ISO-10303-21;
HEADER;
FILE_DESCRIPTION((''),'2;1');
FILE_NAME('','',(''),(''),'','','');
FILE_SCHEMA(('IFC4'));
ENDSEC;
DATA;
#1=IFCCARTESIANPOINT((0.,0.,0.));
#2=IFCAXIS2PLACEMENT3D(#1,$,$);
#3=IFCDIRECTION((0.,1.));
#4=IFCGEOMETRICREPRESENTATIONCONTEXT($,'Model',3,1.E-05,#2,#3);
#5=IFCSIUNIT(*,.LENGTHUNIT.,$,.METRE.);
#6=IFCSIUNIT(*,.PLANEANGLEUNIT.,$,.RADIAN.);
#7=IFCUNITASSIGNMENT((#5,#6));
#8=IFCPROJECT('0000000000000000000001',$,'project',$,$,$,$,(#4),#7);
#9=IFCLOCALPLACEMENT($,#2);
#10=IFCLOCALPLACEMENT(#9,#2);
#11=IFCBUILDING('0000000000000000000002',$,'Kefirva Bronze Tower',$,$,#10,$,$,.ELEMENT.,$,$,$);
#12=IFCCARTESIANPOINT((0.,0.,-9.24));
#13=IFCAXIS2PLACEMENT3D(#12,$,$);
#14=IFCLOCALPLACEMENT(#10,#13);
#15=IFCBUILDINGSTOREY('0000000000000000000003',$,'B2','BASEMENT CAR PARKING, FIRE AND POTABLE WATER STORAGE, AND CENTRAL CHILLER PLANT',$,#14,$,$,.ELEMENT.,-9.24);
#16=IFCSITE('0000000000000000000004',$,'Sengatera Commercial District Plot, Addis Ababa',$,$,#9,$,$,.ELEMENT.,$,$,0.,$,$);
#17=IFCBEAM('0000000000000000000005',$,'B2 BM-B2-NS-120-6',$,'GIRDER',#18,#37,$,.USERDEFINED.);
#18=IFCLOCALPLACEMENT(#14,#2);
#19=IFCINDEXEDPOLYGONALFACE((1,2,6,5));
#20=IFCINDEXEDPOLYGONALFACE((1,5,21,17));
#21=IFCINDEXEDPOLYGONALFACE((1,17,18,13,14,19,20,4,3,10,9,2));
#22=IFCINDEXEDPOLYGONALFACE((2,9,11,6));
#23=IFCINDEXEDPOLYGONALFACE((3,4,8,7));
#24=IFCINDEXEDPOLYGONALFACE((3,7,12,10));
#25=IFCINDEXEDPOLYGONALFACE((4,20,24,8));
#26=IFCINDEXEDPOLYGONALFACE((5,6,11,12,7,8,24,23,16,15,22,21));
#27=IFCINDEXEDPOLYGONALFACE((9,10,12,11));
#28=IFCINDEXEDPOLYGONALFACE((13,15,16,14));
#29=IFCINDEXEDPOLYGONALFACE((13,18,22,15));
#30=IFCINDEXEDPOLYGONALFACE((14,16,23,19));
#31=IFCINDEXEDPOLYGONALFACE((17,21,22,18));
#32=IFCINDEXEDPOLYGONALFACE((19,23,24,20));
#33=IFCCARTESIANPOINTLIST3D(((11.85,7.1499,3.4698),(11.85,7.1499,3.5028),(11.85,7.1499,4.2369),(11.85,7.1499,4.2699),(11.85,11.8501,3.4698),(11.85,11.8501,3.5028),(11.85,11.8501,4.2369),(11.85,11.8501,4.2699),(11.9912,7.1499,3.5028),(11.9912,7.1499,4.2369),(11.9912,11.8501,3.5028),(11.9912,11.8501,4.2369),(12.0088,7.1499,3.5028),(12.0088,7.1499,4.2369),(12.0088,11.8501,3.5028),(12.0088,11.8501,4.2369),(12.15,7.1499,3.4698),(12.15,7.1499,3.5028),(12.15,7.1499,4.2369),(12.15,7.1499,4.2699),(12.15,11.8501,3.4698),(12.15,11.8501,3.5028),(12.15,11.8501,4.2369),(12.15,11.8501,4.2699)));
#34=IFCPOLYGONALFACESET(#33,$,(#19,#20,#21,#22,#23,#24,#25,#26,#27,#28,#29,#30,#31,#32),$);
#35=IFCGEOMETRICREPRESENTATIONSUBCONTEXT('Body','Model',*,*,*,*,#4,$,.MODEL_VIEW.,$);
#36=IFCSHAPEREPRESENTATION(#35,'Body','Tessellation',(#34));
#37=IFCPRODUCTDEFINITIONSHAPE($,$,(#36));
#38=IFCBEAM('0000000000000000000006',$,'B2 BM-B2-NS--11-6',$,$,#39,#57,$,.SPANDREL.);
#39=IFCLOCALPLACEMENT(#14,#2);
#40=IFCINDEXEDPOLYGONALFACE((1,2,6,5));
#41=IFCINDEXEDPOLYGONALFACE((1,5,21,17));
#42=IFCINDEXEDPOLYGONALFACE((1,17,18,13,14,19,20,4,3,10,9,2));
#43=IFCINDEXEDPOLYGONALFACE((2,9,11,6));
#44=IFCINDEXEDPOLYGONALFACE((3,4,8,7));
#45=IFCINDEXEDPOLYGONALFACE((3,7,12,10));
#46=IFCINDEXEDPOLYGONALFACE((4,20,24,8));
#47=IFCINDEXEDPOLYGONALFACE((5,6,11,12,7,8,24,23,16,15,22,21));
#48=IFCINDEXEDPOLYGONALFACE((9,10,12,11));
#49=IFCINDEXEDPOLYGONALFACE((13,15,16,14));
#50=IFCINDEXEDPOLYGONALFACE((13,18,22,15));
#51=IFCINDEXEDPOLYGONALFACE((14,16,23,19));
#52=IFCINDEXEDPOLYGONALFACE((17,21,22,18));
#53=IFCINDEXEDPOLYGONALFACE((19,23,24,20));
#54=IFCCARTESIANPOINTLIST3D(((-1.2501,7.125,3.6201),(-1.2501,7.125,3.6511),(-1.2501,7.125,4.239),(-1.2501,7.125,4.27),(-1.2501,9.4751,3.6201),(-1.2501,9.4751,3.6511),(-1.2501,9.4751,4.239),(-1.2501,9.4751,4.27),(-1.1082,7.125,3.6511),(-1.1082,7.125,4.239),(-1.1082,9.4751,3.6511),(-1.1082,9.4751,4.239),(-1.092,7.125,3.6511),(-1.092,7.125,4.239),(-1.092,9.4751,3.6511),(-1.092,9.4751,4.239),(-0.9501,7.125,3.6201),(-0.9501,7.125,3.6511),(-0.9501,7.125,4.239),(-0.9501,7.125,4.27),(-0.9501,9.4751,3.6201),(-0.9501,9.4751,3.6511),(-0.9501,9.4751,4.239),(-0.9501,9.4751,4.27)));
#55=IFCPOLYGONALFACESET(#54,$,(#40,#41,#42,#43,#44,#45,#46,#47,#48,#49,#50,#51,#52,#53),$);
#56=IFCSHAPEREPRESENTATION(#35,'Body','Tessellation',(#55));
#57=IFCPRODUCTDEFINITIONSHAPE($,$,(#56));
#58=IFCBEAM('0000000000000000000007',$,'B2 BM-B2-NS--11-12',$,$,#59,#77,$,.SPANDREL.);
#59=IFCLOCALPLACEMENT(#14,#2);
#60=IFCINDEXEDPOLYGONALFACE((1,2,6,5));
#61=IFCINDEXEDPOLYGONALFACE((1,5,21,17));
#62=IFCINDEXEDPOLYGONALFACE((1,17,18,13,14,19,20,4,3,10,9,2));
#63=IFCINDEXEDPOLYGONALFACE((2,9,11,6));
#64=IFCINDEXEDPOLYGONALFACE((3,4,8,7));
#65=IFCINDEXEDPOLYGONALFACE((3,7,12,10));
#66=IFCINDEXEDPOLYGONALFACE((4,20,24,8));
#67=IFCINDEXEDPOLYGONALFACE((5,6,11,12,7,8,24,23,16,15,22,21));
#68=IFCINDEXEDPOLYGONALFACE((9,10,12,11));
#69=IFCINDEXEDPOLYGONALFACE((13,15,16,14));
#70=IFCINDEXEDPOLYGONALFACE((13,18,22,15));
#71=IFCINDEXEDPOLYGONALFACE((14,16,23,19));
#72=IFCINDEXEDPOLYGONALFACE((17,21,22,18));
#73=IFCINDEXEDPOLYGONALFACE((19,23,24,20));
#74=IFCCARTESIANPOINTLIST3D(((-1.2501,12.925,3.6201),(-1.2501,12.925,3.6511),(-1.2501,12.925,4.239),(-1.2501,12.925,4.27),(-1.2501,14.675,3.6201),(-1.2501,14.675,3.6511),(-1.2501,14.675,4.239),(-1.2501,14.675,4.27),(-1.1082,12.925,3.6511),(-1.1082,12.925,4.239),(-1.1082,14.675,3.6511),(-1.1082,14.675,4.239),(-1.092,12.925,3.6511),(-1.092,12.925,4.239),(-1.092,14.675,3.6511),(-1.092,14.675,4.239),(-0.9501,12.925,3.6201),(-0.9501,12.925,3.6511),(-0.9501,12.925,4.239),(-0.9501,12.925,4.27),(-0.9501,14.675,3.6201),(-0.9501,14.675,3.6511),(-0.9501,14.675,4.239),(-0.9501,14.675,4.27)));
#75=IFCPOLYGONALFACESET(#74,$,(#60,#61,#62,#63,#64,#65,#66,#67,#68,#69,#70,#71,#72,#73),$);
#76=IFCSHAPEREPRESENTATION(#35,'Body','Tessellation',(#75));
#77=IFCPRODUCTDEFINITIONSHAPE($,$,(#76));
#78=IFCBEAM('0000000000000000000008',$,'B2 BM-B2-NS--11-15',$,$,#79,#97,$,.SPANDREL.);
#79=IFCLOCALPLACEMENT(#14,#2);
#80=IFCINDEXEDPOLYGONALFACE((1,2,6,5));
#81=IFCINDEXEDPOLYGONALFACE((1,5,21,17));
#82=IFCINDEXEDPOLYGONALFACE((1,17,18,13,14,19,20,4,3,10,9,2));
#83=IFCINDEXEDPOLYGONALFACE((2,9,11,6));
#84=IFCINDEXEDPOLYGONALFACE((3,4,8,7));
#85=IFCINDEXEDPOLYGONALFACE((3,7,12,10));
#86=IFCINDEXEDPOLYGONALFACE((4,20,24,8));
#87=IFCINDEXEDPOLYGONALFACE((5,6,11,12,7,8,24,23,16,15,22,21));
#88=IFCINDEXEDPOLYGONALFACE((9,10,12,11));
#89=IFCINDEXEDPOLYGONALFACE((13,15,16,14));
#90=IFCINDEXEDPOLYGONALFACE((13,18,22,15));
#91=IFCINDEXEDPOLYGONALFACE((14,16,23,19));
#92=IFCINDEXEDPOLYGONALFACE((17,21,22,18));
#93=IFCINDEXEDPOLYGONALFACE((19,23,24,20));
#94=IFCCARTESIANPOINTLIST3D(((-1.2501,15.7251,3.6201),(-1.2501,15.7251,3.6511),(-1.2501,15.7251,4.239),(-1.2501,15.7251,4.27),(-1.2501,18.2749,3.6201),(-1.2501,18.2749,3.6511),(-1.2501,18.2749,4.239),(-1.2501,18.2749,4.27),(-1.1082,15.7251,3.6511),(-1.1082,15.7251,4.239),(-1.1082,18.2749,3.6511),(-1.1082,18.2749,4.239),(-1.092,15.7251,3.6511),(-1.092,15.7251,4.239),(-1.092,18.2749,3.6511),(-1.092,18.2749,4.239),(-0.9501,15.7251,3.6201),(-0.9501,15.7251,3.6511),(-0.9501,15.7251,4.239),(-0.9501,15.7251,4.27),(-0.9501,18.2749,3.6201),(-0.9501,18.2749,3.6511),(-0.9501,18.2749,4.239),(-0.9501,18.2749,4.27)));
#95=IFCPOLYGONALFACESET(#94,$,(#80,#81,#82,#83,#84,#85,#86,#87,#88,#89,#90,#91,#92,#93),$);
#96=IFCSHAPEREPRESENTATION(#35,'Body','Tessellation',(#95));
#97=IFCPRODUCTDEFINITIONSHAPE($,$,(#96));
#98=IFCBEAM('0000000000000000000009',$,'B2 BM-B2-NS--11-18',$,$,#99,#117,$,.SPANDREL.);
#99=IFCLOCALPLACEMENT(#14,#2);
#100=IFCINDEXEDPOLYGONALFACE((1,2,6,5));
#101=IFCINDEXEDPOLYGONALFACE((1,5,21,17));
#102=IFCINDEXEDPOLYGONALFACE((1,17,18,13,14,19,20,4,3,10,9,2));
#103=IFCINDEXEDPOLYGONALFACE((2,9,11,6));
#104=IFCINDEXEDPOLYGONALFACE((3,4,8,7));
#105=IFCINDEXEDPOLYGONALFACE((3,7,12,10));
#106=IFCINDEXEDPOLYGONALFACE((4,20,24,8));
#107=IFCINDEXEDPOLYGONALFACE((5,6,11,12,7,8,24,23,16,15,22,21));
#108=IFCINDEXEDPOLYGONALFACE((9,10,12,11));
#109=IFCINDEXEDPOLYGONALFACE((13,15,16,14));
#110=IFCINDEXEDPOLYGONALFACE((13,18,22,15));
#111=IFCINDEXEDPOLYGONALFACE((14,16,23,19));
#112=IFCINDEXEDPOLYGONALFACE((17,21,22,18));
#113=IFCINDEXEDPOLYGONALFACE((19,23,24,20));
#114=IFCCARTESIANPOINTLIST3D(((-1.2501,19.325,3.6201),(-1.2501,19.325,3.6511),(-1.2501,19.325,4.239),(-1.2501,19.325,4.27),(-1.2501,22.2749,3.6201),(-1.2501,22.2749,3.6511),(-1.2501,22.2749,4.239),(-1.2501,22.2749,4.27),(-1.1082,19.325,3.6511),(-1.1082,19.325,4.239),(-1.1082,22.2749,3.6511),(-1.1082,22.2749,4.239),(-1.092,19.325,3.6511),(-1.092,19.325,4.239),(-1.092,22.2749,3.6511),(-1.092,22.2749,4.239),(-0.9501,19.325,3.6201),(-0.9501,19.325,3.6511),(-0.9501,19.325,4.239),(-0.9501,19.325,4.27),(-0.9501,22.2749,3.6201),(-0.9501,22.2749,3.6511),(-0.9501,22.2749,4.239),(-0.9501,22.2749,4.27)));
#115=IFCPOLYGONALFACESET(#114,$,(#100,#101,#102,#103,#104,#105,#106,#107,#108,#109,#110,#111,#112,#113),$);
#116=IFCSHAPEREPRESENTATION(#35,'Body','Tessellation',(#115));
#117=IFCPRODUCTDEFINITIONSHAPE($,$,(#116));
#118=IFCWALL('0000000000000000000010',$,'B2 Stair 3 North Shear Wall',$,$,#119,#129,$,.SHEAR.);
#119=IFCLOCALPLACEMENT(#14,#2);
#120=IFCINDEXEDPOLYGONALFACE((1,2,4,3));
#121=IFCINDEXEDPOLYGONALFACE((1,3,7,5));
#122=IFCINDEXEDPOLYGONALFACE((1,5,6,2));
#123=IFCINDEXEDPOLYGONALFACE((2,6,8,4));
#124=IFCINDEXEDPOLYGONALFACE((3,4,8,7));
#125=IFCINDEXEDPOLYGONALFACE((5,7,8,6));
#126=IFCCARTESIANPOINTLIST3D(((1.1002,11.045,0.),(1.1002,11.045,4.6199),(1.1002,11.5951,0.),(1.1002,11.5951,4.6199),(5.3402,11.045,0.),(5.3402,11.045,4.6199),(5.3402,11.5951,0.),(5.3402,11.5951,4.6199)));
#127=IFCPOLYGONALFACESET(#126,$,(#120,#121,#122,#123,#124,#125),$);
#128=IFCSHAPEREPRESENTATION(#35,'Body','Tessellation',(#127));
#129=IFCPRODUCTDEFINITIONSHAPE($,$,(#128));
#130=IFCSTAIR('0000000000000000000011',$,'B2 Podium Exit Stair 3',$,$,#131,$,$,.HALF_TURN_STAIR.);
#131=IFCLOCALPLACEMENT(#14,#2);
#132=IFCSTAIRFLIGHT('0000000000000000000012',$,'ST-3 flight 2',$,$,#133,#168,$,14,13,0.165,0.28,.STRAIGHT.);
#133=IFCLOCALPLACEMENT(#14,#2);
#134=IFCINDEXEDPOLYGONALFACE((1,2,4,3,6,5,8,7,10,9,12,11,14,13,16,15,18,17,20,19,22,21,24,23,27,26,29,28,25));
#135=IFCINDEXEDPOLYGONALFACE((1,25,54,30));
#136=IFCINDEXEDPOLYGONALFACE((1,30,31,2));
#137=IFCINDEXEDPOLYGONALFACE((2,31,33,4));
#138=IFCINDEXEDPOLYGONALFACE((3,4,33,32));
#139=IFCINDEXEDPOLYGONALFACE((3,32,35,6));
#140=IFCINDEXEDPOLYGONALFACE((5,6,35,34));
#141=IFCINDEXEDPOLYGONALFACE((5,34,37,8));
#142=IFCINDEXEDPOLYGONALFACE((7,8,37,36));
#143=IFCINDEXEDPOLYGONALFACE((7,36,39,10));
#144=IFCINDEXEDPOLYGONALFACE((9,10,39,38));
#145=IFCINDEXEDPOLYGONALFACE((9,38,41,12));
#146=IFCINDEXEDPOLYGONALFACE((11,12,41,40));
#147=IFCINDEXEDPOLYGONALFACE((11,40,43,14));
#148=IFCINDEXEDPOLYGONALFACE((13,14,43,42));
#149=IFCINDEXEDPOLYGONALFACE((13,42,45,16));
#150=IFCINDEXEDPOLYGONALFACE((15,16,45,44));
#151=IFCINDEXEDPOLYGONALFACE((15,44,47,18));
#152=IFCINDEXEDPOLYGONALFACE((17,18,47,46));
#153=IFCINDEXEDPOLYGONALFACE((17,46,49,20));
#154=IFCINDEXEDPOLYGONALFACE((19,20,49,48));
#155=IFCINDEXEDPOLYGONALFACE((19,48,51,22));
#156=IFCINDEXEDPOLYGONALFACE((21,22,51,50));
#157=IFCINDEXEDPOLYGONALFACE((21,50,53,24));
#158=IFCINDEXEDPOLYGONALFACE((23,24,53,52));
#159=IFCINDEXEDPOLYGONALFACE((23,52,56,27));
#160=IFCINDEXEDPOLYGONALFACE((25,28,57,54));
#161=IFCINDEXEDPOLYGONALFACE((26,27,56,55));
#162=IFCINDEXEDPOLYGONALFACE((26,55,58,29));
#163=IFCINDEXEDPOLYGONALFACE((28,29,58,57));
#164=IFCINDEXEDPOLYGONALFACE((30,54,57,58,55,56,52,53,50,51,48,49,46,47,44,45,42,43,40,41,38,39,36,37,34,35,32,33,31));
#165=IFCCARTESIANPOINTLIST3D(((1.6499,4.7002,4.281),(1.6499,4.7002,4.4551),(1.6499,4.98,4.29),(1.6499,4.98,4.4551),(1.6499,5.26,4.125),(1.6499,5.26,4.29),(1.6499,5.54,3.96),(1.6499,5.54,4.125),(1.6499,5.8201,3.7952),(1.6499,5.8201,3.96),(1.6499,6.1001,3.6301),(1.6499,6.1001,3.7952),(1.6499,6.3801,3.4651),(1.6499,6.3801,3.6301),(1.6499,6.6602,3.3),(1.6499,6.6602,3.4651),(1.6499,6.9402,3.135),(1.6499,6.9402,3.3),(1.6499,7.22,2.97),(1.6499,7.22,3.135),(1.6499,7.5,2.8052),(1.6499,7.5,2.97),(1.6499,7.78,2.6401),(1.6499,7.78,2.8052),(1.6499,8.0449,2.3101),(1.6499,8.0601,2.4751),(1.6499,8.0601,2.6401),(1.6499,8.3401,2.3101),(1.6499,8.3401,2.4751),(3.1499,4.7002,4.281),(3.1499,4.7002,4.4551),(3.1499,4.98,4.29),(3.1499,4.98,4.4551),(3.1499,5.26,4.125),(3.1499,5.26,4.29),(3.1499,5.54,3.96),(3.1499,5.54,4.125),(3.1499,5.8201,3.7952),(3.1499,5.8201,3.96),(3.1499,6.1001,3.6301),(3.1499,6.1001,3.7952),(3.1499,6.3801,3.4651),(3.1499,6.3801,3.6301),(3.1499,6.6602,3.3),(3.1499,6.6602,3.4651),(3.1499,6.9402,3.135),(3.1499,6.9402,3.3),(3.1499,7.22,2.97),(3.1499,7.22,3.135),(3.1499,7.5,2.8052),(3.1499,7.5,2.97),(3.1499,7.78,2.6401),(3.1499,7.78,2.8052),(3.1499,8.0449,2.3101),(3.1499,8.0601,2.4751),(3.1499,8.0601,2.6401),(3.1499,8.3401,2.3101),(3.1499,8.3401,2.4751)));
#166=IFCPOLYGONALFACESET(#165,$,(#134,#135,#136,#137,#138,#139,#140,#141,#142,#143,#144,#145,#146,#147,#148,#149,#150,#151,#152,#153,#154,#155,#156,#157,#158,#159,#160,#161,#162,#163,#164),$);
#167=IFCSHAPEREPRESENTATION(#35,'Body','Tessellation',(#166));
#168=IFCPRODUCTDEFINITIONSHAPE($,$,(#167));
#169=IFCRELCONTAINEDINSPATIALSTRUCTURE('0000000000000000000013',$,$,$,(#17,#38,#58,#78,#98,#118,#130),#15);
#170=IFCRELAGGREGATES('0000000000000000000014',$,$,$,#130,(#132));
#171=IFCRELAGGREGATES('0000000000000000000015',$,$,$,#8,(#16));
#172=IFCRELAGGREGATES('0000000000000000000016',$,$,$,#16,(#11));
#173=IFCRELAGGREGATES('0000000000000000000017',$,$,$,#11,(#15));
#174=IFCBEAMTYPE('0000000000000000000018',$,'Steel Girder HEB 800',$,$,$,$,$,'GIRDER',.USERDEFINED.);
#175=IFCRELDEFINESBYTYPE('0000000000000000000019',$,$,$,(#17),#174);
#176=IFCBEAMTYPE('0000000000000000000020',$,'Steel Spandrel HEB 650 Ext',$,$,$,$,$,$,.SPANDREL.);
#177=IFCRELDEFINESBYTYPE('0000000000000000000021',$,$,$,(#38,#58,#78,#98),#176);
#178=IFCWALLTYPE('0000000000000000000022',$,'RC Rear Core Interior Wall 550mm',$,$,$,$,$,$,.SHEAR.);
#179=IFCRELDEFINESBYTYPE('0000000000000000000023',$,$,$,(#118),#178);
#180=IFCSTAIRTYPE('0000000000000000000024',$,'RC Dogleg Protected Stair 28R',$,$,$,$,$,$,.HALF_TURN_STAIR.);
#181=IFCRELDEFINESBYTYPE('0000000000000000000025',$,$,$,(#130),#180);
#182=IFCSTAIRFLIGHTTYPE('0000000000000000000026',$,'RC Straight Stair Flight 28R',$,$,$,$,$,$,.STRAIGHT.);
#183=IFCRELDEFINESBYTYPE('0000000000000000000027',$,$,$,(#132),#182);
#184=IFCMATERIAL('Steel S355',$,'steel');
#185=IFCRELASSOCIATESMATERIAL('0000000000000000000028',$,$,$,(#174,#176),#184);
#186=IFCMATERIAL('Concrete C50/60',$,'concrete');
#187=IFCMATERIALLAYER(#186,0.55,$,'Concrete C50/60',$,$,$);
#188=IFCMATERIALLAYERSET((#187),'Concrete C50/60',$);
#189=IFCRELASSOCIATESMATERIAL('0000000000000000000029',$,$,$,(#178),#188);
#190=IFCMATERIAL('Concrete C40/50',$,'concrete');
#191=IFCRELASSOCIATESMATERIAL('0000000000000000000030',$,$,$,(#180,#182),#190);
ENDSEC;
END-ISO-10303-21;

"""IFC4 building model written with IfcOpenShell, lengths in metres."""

from ifc_helpers import new_model, si_unit, direction, frame, frame_2d, origin, origin_2d, place, context, subcontext, project, spatial, polyline, rectangle, i_section, outline, extrude, material, layer, layer_set, material_profile, profile_set, type_object, element, aggregate, save


model = new_model("IFC4")

# Units and contexts
model_context = context("Model", 3, precision=1e-05, world=origin(), true_north=direction((0.0, 1.0)))
body_context = subcontext(model_context, "Body", "Model", "MODEL_VIEW")
ifc_project = project(units=[si_unit("LENGTHUNIT", "METRE"), si_unit("PLANEANGLEUNIT", "RADIAN")], contexts=[model_context])

# Site, building, storey
site_placement = place(None, origin())
site = spatial("IfcSite", under=ifc_project, at=site_placement, Name="Sengatera Commercial District Plot, Addis Ababa", CompositionType="ELEMENT", RefElevation=0.0)
building_placement = place(site_placement, origin())
building = spatial("IfcBuilding", under=site, at=building_placement, Name="Kefirva Bronze Tower", CompositionType="ELEMENT")
storey_placement = place(building_placement, frame((0.0, 0.0, -9.24)))
storey = spatial("IfcBuildingStorey", under=building, at=storey_placement, Name="B2", Description="BASEMENT CAR PARKING, FIRE AND POTABLE WATER STORAGE, AND CENTRAL CHILLER PLANT", CompositionType="ELEMENT", Elevation=-9.24)

# Beams
ifc_material_1 = material(Name="Steel S355", Category="steel")
ifc_material_profile_1 = material_profile(ifc_material_1, i_section(OverallWidth=0.3, OverallDepth=0.8, WebThickness=0.0176, FlangeThickness=0.033, at=origin_2d()), Name="HEB 800")
ifc_profile_set_1 = profile_set([ifc_material_profile_1], Name="Steel S355")
beam_type_1 = type_object("IfcBeamType", Name="Steel Girder HEB 800", ElementType="GIRDER", PredefinedType="USERDEFINED", material=ifc_profile_set_1)
beam_1_placement = place(storey_placement, frame((12.0, 7.1499, 3.8699), z_axis=(0.0, 1.0, 0.0), x_axis=(-1.0, 0.0, 0.0)))
element("IfcBeam", 1, at=beam_1_placement, inside=storey, type_object=beam_type_1, Name="B2 BM-B2-NS-120-6", ObjectType="GIRDER", PredefinedType="USERDEFINED", context=body_context, shape_type="SweptSolid", body=[
    extrude(i_section(OverallWidth=0.3, OverallDepth=0.8, WebThickness=0.0176, FlangeThickness=0.033, at=origin_2d()), origin(), (0.0, 0.0, 1.0), 4.7002),
])
ifc_material_profile_2 = material_profile(ifc_material_1, i_section(OverallWidth=0.3, OverallDepth=0.6499, WebThickness=0.0161, FlangeThickness=0.031, at=origin_2d()), Name="HEB 650")
ifc_profile_set_2 = profile_set([ifc_material_profile_2], Name="Steel S355")
beam_type_2 = type_object("IfcBeamType", Name="Steel Spandrel HEB 650 Ext", PredefinedType="SPANDREL", material=ifc_profile_set_2)
beam_2_placement = place(storey_placement, frame((-1.1001, 7.125, 3.9451), z_axis=(0.0, 1.0, 0.0), x_axis=(-1.0, 0.0, 0.0)))
element("IfcBeam", 2, at=beam_2_placement, inside=storey, type_object=beam_type_2, Name="B2 BM-B2-NS--11-6", PredefinedType="SPANDREL", context=body_context, shape_type="SweptSolid", body=[
    extrude(i_section(OverallWidth=0.3, OverallDepth=0.6499, WebThickness=0.0161, FlangeThickness=0.031, at=origin_2d()), origin(), (0.0, 0.0, 1.0), 2.3501),
])
beam_3_placement = place(storey_placement, frame((-1.1001, 12.925, 3.9451), z_axis=(0.0, 1.0, 0.0), x_axis=(-1.0, 0.0, 0.0)))
element("IfcBeam", 3, at=beam_3_placement, inside=storey, type_object=beam_type_2, Name="B2 BM-B2-NS--11-12", PredefinedType="SPANDREL", context=body_context, shape_type="SweptSolid", body=[
    extrude(i_section(OverallWidth=0.3, OverallDepth=0.6499, WebThickness=0.0161, FlangeThickness=0.031, at=origin_2d()), origin(), (0.0, 0.0, 1.0), 1.75),
])
beam_4_placement = place(storey_placement, frame((-1.1001, 15.7251, 3.9451), z_axis=(0.0, 1.0, 0.0), x_axis=(-1.0, 0.0, 0.0)))
element("IfcBeam", 4, at=beam_4_placement, inside=storey, type_object=beam_type_2, Name="B2 BM-B2-NS--11-15", PredefinedType="SPANDREL", context=body_context, shape_type="SweptSolid", body=[
    extrude(i_section(OverallWidth=0.3, OverallDepth=0.6499, WebThickness=0.0161, FlangeThickness=0.031, at=origin_2d()), origin(), (0.0, 0.0, 1.0), 2.5498),
])
beam_5_placement = place(storey_placement, frame((-1.1001, 19.325, 3.9451), z_axis=(0.0, 1.0, 0.0), x_axis=(-1.0, 0.0, 0.0)))
element("IfcBeam", 5, at=beam_5_placement, inside=storey, type_object=beam_type_2, Name="B2 BM-B2-NS--11-18", PredefinedType="SPANDREL", context=body_context, shape_type="SweptSolid", body=[
    extrude(i_section(OverallWidth=0.3, OverallDepth=0.6499, WebThickness=0.0161, FlangeThickness=0.031, at=origin_2d()), origin(), (0.0, 0.0, 1.0), 2.95),
])

# Wall
ifc_material_2 = material(Name="Concrete C50/60", Category="concrete")
ifc_layer = layer(ifc_material_2, 0.55, Name="Concrete C50/60")
ifc_layer_set = layer_set([ifc_layer], Name="Concrete C50/60")
wall_type = type_object("IfcWallType", Name="RC Rear Core Interior Wall 550mm", PredefinedType="SHEAR", material=ifc_layer_set)
wall_placement = place(storey_placement, frame((1.1001, 11.3201, 0.0), z_axis=(0.0, 0.0, 1.0), x_axis=(1.0, 0.0, 0.0)))
element("IfcWall", 6, at=wall_placement, inside=storey, type_object=wall_type, Name="B2 Stair 3 North Shear Wall", PredefinedType="SHEAR", context=body_context, shape_type="SweptSolid", body=[
    extrude(rectangle(XDim=4.24, YDim=0.55, at=frame_2d((2.1201, 0.0))), origin(), (0.0, 0.0, 1.0), 4.6199),
])

# Stair, stair flight
ifc_material_3 = material(Name="Concrete C40/50", Category="concrete")
stair_type = type_object("IfcStairType", Name="RC Dogleg Protected Stair 28R", PredefinedType="HALF_TURN_STAIR", material=ifc_material_3)
stair_placement = place(storey_placement, origin())
stair = element("IfcStair", 7, at=stair_placement, inside=storey, type_object=stair_type, Name="B2 Podium Exit Stair 3", PredefinedType="HALF_TURN_STAIR")
stair_flight_type = type_object("IfcStairFlightType", Name="RC Straight Stair Flight 28R", PredefinedType="STRAIGHT", material=ifc_material_3)
stair_flight_placement = place(storey_placement, frame((2.3999, 8.3401, 2.3101), z_axis=(0.0, 0.0, 1.0), x_axis=(0.0, -1.0, 0.0)))
stair_flight = element("IfcStairFlight", 8, at=stair_flight_placement, type_object=stair_flight_type, Name="ST-3 flight 2", NumberOfRisers=14, NumberOfTreads=13, PredefinedType="STRAIGHT", RiserHeight=0.165, TreadLength=0.28, context=body_context, shape_type="SweptSolid", body=[
    extrude(outline(polyline([(0.0, 0.0), (0.0, 0.165), (0.28, 0.165), (0.28, 0.3301), (0.5601, 0.3301), (0.5601, 0.4951), (0.8401, 0.4951), (0.8401, 0.6599), (1.1201, 0.6599), (1.1201, 0.825), (1.3999, 0.825), (1.3999, 0.99), (1.6799, 0.99), (1.6799, 1.155), (1.96, 1.155), (1.96, 1.3201), (2.24, 1.3201), (2.24, 1.4851), (2.52, 1.4851), (2.52, 1.6499), (2.8, 1.6499), (2.8, 1.8149), (3.0801, 1.8149), (3.0801, 1.98), (3.3601, 1.98), (3.3601, 2.145), (3.6399, 2.145), (3.6399, 2.3101), (3.6399, 1.9709), (0.2952, 0.0), (0.0, 0.0)])), frame((0.0, 0.75, 0.0), z_axis=(0.0, -1.0, 0.0), x_axis=(1.0, 0.0, 0.0)), (0.0, 0.0, 1.0), 1.5),
])
aggregate(stair, [stair_flight])

save(model, "model.ifc")
